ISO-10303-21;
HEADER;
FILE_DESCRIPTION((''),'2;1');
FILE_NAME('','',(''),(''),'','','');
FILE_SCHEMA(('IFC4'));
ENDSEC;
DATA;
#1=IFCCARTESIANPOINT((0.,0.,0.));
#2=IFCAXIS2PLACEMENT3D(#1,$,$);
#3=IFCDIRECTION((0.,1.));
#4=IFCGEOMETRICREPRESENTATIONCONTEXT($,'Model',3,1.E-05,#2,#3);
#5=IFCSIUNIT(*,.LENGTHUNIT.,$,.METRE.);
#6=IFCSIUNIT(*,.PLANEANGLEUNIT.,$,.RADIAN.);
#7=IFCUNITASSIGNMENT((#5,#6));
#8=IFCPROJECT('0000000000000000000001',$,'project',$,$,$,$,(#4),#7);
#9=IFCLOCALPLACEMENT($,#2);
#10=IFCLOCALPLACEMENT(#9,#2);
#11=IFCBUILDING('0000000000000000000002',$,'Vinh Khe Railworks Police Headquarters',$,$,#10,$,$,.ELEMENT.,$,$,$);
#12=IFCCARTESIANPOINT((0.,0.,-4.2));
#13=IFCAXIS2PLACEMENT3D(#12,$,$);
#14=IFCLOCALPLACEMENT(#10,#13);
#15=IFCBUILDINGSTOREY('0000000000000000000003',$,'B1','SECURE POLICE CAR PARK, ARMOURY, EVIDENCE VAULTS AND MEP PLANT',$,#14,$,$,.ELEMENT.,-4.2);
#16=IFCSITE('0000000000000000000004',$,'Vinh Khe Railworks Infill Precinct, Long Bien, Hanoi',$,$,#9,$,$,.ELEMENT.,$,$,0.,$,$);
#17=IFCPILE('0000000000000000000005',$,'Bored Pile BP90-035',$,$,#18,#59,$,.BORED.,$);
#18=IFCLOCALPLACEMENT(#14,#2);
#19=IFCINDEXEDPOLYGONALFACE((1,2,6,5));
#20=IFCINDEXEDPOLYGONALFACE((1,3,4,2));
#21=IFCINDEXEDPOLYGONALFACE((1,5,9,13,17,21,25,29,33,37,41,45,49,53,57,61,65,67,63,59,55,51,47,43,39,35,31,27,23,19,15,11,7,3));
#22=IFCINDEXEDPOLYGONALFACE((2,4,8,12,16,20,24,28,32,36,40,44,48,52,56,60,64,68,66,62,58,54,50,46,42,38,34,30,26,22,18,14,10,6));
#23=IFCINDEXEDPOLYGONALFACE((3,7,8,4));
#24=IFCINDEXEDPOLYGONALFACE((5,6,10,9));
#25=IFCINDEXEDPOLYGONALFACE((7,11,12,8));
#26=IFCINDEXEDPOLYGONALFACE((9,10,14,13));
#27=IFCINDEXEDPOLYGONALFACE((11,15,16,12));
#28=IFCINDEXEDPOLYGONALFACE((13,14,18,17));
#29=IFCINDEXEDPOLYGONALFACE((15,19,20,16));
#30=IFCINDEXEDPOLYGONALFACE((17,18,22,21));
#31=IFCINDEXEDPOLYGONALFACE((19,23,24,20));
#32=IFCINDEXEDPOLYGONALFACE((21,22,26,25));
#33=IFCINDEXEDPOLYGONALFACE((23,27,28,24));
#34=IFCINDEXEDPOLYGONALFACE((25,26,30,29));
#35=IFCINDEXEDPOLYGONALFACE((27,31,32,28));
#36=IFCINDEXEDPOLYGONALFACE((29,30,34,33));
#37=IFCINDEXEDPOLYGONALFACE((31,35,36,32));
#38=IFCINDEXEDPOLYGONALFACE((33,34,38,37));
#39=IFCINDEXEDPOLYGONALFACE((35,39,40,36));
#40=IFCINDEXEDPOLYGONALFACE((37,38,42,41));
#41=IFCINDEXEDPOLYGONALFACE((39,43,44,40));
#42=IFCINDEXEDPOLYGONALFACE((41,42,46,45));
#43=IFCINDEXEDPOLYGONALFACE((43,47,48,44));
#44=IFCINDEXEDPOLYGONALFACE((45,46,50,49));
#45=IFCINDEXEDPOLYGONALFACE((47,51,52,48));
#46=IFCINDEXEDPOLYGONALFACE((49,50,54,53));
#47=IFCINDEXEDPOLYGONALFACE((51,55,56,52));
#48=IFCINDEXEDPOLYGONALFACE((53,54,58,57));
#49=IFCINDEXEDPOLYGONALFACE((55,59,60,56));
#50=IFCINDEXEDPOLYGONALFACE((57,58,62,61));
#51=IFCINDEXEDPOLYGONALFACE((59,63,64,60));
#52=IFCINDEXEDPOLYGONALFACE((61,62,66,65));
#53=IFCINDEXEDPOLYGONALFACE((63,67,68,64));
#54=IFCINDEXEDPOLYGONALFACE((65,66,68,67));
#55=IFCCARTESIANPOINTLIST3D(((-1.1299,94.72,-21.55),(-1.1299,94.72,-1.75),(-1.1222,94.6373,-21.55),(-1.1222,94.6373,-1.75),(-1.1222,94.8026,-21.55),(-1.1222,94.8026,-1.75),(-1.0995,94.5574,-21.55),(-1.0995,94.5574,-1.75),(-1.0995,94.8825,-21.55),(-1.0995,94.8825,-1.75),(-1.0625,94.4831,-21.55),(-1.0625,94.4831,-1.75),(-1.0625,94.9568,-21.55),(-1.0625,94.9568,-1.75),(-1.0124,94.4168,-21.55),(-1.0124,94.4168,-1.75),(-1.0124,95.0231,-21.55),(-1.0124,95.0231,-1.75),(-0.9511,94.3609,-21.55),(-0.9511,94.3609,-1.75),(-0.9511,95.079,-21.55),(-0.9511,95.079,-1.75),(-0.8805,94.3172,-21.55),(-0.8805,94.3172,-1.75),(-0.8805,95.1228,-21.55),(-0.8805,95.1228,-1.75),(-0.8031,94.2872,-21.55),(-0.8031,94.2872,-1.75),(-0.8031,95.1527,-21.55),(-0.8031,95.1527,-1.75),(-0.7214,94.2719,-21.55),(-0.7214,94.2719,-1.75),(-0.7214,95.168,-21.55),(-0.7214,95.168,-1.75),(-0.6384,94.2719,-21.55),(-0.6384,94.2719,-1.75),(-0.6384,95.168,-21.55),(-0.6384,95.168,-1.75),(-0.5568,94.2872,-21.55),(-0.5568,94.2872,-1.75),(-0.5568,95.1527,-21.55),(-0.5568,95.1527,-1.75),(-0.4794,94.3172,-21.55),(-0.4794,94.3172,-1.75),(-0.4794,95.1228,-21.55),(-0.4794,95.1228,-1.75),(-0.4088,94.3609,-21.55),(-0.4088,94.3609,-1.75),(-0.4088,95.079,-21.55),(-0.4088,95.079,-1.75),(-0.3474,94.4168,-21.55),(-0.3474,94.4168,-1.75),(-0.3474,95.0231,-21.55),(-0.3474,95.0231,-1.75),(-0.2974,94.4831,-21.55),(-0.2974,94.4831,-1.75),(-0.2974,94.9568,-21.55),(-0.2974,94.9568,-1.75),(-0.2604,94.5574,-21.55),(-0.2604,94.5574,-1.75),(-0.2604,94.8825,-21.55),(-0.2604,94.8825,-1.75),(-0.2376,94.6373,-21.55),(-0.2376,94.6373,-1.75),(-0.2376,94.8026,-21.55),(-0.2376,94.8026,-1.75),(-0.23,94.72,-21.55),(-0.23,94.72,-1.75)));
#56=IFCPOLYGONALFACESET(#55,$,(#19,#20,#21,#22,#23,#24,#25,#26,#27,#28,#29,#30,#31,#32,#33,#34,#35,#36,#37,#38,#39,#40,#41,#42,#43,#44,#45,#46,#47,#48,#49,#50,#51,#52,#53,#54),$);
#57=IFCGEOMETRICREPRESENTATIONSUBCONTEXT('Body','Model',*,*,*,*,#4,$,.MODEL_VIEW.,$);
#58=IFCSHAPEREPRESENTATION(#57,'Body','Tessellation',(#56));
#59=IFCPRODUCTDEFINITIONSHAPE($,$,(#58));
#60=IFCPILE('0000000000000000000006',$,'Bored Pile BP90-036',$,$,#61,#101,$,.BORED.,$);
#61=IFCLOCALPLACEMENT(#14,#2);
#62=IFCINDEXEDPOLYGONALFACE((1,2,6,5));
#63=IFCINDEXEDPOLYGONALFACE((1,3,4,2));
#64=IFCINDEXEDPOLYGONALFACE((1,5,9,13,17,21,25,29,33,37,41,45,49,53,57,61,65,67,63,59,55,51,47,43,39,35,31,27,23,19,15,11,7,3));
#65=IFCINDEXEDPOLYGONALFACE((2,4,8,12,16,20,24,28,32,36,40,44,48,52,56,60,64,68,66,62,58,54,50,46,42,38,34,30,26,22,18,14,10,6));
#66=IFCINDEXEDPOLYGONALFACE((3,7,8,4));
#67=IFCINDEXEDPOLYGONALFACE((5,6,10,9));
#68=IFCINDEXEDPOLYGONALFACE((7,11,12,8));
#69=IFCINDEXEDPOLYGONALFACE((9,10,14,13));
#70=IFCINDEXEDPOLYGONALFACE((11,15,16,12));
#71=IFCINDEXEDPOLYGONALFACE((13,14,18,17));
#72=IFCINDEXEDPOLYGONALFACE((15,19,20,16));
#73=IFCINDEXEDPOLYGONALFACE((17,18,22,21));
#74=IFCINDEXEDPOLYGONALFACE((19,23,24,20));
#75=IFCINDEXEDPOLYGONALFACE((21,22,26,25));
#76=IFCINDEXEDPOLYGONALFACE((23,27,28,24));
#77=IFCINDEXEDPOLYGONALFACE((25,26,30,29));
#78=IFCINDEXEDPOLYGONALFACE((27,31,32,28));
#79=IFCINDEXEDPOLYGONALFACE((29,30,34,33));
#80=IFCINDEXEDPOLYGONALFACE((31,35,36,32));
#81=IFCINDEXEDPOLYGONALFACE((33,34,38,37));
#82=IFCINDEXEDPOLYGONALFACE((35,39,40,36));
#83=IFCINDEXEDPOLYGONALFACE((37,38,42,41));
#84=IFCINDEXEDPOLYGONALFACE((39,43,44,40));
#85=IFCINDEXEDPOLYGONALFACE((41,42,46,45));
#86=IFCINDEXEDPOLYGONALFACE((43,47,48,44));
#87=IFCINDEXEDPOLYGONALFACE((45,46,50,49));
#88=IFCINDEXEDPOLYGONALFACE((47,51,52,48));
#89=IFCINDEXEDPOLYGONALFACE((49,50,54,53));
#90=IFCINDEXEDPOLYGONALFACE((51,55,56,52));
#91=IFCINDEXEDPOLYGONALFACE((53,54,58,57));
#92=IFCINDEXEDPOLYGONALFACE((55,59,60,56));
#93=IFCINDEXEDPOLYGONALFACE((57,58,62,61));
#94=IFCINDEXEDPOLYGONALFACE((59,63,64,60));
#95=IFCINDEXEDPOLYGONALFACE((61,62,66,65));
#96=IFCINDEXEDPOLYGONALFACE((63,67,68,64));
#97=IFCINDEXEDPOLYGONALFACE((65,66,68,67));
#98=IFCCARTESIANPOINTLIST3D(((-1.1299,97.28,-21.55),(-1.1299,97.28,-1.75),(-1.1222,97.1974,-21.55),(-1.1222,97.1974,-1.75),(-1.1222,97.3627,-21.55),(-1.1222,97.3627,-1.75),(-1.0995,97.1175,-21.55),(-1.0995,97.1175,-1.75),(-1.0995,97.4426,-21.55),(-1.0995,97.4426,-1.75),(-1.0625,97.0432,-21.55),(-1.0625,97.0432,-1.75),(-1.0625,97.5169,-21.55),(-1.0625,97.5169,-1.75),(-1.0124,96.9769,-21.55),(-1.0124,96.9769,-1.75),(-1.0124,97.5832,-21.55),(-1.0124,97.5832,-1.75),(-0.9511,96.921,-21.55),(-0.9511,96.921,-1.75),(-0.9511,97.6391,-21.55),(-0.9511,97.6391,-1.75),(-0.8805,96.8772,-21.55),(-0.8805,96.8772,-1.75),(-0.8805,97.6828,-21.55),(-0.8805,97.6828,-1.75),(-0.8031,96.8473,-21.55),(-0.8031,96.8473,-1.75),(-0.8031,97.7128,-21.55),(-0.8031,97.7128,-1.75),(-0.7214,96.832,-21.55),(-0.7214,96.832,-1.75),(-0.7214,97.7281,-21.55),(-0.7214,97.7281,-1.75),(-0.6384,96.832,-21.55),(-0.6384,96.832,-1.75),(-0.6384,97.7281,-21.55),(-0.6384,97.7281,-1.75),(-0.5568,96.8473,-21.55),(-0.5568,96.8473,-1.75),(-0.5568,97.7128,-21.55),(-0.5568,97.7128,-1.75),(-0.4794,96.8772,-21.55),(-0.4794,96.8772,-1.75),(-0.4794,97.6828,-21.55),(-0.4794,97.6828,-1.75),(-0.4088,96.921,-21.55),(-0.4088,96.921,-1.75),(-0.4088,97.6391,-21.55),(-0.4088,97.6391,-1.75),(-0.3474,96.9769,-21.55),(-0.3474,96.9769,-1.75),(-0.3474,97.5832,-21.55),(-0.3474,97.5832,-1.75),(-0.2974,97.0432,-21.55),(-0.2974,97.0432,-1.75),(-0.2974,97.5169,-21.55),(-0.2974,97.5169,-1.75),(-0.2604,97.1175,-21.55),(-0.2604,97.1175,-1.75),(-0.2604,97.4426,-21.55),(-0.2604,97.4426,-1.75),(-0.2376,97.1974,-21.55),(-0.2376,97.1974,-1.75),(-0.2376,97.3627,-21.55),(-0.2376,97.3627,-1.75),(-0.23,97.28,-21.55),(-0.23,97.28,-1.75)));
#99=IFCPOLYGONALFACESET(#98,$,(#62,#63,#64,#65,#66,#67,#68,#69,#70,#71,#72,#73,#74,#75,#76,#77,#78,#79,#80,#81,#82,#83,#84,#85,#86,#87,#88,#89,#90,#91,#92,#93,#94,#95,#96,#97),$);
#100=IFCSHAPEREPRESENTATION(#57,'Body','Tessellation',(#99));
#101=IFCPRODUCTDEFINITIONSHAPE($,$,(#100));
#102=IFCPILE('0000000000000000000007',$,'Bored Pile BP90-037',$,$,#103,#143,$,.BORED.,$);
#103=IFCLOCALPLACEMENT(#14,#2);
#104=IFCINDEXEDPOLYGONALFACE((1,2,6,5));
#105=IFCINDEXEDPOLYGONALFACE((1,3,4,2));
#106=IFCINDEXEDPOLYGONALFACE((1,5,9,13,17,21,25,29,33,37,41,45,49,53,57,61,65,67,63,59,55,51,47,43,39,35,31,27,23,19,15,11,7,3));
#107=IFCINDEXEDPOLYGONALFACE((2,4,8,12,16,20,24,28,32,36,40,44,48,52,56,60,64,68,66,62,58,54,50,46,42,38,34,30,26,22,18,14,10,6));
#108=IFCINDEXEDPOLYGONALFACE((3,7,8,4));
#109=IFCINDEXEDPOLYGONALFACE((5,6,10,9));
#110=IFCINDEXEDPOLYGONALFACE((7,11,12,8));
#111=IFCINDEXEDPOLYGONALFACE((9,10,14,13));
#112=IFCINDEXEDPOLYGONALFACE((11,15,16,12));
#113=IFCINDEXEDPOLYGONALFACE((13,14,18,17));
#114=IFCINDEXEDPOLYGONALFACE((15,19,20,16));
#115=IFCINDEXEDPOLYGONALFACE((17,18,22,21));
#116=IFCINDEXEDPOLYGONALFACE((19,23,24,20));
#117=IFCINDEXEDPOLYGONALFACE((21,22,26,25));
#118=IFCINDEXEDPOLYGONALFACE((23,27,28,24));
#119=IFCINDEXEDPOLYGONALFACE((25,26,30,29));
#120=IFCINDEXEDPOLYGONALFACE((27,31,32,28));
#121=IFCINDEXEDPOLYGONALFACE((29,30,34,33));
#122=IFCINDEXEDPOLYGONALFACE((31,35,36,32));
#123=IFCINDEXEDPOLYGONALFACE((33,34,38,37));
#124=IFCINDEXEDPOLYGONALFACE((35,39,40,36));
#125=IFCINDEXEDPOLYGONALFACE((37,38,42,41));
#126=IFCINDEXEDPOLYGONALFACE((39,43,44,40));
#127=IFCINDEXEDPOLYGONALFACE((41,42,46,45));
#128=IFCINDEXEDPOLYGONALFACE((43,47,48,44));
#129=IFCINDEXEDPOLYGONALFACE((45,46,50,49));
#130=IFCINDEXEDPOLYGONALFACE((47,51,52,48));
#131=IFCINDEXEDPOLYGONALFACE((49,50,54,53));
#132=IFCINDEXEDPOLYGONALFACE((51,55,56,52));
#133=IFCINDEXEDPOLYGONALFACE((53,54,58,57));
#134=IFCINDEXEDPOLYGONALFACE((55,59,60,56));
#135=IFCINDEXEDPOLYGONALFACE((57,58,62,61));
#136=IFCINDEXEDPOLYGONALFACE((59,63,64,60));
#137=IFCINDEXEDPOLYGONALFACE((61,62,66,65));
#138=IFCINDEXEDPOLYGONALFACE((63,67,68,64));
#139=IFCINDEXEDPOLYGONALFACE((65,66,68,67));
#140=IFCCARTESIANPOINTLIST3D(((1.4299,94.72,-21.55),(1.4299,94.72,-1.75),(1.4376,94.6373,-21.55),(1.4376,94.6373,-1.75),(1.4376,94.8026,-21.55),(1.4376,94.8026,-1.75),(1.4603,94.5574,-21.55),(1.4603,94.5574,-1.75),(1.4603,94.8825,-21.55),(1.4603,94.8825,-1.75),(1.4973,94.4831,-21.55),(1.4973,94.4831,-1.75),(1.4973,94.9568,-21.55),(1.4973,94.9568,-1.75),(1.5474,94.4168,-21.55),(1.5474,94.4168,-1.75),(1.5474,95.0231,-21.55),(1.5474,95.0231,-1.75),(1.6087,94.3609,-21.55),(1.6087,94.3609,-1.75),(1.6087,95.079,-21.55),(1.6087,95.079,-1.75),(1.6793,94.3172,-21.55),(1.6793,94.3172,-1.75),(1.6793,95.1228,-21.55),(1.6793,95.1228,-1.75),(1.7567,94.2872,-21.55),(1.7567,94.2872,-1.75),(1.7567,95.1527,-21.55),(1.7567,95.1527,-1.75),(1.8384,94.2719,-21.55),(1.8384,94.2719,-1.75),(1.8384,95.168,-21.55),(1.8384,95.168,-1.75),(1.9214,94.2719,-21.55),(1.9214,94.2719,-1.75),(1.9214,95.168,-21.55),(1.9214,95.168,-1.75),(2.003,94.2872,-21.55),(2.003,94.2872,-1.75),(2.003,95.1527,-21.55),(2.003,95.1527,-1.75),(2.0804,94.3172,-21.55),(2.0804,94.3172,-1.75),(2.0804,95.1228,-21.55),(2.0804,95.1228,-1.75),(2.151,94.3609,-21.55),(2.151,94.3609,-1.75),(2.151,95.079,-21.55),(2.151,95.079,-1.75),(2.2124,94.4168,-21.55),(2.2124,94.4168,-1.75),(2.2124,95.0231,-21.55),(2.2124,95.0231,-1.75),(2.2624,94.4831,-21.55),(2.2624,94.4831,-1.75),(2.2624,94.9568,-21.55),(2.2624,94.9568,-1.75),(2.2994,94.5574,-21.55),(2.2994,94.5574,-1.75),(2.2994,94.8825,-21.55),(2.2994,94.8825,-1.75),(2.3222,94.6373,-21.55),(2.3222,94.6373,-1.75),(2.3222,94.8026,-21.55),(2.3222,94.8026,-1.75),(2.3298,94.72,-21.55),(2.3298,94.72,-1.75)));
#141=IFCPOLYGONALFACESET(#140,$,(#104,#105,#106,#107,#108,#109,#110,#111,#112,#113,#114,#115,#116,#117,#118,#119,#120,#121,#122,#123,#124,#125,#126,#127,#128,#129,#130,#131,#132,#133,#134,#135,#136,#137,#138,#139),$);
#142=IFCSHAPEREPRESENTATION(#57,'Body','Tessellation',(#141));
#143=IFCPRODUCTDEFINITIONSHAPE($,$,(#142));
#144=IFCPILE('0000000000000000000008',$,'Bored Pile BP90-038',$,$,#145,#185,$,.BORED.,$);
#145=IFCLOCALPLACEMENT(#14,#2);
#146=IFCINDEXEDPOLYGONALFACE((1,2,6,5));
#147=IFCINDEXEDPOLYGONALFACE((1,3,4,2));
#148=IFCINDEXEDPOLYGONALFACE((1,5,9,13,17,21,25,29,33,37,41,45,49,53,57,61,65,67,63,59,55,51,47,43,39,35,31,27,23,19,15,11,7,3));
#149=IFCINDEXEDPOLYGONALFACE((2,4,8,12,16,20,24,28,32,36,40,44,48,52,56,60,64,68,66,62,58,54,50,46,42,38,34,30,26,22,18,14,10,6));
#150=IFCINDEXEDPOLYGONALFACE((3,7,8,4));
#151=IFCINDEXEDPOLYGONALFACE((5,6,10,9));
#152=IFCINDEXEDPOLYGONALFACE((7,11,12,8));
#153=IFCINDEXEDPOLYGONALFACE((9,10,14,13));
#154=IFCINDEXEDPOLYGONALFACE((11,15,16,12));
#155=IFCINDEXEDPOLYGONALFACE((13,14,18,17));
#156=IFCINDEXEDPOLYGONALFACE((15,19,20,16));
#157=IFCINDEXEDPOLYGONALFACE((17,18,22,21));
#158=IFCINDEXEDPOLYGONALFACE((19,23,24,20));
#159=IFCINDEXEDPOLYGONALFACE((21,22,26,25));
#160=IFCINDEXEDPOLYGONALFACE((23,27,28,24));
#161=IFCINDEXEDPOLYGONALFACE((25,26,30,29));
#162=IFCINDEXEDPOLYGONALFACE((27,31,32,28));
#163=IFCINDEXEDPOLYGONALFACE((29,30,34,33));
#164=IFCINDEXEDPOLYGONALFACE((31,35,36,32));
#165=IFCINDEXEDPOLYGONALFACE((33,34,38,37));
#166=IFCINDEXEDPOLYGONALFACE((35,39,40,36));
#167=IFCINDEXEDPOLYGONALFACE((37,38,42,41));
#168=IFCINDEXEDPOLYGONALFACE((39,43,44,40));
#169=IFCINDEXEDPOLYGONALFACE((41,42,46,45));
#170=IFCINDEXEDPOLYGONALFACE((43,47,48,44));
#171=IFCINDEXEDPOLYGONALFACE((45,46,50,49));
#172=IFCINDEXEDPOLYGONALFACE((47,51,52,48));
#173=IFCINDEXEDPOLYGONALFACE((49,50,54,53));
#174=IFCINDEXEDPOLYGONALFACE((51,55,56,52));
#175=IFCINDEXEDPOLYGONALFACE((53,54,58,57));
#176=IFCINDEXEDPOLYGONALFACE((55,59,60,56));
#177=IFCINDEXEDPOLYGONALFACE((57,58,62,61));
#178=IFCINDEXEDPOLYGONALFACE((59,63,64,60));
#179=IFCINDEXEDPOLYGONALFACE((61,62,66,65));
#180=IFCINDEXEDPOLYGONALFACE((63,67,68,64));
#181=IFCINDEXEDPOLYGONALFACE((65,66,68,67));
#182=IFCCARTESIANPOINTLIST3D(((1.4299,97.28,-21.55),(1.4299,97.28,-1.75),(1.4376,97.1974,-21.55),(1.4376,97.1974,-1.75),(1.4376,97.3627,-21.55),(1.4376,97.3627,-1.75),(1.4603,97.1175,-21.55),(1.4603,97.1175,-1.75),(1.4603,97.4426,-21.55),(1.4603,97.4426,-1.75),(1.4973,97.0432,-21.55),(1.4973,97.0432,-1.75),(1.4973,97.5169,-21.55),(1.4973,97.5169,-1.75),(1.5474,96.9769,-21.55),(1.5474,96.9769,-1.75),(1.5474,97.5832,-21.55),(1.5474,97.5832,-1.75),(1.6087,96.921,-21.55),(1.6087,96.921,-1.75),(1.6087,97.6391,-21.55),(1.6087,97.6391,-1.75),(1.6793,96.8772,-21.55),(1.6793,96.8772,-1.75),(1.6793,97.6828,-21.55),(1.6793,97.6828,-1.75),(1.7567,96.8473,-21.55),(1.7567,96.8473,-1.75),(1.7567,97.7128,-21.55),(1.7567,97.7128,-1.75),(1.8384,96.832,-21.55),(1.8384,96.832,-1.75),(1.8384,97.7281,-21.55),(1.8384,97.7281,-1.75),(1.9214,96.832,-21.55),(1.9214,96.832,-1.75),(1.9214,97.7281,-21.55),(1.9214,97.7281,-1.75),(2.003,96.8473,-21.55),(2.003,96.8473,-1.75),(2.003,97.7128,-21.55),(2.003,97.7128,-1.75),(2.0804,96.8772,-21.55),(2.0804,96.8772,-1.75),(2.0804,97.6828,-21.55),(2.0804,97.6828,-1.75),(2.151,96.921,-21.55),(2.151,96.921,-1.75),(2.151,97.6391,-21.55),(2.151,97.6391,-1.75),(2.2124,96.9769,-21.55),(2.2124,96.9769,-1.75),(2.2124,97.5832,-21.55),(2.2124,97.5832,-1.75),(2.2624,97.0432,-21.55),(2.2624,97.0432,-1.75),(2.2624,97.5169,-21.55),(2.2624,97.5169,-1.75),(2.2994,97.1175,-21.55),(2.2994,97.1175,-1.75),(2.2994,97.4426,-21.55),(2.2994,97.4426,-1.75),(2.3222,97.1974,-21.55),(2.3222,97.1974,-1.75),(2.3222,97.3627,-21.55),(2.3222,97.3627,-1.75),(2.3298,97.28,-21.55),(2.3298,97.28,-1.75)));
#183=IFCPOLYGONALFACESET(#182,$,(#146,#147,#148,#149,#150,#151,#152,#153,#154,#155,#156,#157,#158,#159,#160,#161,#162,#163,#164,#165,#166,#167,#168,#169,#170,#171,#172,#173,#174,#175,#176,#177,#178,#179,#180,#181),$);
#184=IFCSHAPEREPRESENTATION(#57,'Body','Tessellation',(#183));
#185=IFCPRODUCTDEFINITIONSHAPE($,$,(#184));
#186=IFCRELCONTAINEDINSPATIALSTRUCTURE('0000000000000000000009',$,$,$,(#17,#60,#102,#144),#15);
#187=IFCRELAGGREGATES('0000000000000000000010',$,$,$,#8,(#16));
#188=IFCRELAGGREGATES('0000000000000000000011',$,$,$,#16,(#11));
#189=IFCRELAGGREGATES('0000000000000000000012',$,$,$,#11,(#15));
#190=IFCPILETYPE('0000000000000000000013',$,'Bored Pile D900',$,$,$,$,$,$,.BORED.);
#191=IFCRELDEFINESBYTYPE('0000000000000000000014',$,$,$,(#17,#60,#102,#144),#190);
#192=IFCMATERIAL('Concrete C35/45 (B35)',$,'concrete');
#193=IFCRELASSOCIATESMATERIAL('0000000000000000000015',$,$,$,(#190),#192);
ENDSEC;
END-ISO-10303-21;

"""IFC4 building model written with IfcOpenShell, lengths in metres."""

from ifc_helpers import new_model, si_unit, direction, frame, origin, origin_2d, place, context, subcontext, project, spatial, circle, extrude, material, material_profile, profile_set, type_object, element, save


model = new_model("IFC4")

# Units and contexts
model_context = context("Model", 3, precision=1e-05, world=origin(), true_north=direction((0.0, 1.0)))
body_context = subcontext(model_context, "Body", "Model", "MODEL_VIEW")
ifc_project = project(units=[si_unit("LENGTHUNIT", "METRE"), si_unit("PLANEANGLEUNIT", "RADIAN")], contexts=[model_context])

# Site, building, storey
site_placement = place(None, origin())
site = spatial("IfcSite", under=ifc_project, at=site_placement, Name="Vinh Khe Railworks Infill Precinct, Long Bien, Hanoi", CompositionType="ELEMENT", RefElevation=0.0)
building_placement = place(site_placement, origin())
building = spatial("IfcBuilding", under=site, at=building_placement, Name="Vinh Khe Railworks Police Headquarters", CompositionType="ELEMENT")
storey_placement = place(building_placement, frame((0.0, 0.0, -4.2)))
storey = spatial("IfcBuildingStorey", under=building, at=storey_placement, Name="B1", Description="SECURE POLICE CAR PARK, ARMOURY, EVIDENCE VAULTS AND MEP PLANT", CompositionType="ELEMENT", Elevation=-4.2)

# Piles
ifc_material_1 = material(Name="Concrete C35/45 (B35)", Category="concrete")
ifc_material_profile_1 = material_profile(ifc_material_1, circle(Radius=0.45, at=origin_2d()), Name="BORED PILE D900")
ifc_profile_set_1 = profile_set([ifc_material_profile_1], Name="Concrete C35/45 (B35)")
pile_type = type_object("IfcPileType", Name="Bored Pile D900", PredefinedType="BORED", material=ifc_profile_set_1)
for number, where, z_axis, x_axis, name in (
    (1, (-0.6799, 94.72, -1.75), (0.0, 0.0, -1.0), (1.0, 0.0, 0.0), "Bored Pile BP90-035"),
    (2, (-0.6799, 97.28, -1.75), (0.0, 0.0, -1.0), (1.0, 0.0, 0.0), "Bored Pile BP90-036"),
    (3, (1.8799, 94.72, -1.75), (0.0, 0.0, -1.0), (1.0, 0.0, 0.0), "Bored Pile BP90-037"),
    (4, (1.8799, 97.28, -1.75), (0.0, 0.0, -1.0), (1.0, 0.0, 0.0), "Bored Pile BP90-038"),
):
    element("IfcPile", number, at=place(storey_placement, frame(where, z_axis=z_axis, x_axis=x_axis)), inside=storey, type_object=pile_type, Name=name, PredefinedType="BORED", context=body_context, shape_type="SweptSolid", body=[
        extrude(circle(Radius=0.45, at=origin_2d()), origin(), (0.0, 0.0, 1.0), 19.8),
    ])

save(model, "model.ifc")
